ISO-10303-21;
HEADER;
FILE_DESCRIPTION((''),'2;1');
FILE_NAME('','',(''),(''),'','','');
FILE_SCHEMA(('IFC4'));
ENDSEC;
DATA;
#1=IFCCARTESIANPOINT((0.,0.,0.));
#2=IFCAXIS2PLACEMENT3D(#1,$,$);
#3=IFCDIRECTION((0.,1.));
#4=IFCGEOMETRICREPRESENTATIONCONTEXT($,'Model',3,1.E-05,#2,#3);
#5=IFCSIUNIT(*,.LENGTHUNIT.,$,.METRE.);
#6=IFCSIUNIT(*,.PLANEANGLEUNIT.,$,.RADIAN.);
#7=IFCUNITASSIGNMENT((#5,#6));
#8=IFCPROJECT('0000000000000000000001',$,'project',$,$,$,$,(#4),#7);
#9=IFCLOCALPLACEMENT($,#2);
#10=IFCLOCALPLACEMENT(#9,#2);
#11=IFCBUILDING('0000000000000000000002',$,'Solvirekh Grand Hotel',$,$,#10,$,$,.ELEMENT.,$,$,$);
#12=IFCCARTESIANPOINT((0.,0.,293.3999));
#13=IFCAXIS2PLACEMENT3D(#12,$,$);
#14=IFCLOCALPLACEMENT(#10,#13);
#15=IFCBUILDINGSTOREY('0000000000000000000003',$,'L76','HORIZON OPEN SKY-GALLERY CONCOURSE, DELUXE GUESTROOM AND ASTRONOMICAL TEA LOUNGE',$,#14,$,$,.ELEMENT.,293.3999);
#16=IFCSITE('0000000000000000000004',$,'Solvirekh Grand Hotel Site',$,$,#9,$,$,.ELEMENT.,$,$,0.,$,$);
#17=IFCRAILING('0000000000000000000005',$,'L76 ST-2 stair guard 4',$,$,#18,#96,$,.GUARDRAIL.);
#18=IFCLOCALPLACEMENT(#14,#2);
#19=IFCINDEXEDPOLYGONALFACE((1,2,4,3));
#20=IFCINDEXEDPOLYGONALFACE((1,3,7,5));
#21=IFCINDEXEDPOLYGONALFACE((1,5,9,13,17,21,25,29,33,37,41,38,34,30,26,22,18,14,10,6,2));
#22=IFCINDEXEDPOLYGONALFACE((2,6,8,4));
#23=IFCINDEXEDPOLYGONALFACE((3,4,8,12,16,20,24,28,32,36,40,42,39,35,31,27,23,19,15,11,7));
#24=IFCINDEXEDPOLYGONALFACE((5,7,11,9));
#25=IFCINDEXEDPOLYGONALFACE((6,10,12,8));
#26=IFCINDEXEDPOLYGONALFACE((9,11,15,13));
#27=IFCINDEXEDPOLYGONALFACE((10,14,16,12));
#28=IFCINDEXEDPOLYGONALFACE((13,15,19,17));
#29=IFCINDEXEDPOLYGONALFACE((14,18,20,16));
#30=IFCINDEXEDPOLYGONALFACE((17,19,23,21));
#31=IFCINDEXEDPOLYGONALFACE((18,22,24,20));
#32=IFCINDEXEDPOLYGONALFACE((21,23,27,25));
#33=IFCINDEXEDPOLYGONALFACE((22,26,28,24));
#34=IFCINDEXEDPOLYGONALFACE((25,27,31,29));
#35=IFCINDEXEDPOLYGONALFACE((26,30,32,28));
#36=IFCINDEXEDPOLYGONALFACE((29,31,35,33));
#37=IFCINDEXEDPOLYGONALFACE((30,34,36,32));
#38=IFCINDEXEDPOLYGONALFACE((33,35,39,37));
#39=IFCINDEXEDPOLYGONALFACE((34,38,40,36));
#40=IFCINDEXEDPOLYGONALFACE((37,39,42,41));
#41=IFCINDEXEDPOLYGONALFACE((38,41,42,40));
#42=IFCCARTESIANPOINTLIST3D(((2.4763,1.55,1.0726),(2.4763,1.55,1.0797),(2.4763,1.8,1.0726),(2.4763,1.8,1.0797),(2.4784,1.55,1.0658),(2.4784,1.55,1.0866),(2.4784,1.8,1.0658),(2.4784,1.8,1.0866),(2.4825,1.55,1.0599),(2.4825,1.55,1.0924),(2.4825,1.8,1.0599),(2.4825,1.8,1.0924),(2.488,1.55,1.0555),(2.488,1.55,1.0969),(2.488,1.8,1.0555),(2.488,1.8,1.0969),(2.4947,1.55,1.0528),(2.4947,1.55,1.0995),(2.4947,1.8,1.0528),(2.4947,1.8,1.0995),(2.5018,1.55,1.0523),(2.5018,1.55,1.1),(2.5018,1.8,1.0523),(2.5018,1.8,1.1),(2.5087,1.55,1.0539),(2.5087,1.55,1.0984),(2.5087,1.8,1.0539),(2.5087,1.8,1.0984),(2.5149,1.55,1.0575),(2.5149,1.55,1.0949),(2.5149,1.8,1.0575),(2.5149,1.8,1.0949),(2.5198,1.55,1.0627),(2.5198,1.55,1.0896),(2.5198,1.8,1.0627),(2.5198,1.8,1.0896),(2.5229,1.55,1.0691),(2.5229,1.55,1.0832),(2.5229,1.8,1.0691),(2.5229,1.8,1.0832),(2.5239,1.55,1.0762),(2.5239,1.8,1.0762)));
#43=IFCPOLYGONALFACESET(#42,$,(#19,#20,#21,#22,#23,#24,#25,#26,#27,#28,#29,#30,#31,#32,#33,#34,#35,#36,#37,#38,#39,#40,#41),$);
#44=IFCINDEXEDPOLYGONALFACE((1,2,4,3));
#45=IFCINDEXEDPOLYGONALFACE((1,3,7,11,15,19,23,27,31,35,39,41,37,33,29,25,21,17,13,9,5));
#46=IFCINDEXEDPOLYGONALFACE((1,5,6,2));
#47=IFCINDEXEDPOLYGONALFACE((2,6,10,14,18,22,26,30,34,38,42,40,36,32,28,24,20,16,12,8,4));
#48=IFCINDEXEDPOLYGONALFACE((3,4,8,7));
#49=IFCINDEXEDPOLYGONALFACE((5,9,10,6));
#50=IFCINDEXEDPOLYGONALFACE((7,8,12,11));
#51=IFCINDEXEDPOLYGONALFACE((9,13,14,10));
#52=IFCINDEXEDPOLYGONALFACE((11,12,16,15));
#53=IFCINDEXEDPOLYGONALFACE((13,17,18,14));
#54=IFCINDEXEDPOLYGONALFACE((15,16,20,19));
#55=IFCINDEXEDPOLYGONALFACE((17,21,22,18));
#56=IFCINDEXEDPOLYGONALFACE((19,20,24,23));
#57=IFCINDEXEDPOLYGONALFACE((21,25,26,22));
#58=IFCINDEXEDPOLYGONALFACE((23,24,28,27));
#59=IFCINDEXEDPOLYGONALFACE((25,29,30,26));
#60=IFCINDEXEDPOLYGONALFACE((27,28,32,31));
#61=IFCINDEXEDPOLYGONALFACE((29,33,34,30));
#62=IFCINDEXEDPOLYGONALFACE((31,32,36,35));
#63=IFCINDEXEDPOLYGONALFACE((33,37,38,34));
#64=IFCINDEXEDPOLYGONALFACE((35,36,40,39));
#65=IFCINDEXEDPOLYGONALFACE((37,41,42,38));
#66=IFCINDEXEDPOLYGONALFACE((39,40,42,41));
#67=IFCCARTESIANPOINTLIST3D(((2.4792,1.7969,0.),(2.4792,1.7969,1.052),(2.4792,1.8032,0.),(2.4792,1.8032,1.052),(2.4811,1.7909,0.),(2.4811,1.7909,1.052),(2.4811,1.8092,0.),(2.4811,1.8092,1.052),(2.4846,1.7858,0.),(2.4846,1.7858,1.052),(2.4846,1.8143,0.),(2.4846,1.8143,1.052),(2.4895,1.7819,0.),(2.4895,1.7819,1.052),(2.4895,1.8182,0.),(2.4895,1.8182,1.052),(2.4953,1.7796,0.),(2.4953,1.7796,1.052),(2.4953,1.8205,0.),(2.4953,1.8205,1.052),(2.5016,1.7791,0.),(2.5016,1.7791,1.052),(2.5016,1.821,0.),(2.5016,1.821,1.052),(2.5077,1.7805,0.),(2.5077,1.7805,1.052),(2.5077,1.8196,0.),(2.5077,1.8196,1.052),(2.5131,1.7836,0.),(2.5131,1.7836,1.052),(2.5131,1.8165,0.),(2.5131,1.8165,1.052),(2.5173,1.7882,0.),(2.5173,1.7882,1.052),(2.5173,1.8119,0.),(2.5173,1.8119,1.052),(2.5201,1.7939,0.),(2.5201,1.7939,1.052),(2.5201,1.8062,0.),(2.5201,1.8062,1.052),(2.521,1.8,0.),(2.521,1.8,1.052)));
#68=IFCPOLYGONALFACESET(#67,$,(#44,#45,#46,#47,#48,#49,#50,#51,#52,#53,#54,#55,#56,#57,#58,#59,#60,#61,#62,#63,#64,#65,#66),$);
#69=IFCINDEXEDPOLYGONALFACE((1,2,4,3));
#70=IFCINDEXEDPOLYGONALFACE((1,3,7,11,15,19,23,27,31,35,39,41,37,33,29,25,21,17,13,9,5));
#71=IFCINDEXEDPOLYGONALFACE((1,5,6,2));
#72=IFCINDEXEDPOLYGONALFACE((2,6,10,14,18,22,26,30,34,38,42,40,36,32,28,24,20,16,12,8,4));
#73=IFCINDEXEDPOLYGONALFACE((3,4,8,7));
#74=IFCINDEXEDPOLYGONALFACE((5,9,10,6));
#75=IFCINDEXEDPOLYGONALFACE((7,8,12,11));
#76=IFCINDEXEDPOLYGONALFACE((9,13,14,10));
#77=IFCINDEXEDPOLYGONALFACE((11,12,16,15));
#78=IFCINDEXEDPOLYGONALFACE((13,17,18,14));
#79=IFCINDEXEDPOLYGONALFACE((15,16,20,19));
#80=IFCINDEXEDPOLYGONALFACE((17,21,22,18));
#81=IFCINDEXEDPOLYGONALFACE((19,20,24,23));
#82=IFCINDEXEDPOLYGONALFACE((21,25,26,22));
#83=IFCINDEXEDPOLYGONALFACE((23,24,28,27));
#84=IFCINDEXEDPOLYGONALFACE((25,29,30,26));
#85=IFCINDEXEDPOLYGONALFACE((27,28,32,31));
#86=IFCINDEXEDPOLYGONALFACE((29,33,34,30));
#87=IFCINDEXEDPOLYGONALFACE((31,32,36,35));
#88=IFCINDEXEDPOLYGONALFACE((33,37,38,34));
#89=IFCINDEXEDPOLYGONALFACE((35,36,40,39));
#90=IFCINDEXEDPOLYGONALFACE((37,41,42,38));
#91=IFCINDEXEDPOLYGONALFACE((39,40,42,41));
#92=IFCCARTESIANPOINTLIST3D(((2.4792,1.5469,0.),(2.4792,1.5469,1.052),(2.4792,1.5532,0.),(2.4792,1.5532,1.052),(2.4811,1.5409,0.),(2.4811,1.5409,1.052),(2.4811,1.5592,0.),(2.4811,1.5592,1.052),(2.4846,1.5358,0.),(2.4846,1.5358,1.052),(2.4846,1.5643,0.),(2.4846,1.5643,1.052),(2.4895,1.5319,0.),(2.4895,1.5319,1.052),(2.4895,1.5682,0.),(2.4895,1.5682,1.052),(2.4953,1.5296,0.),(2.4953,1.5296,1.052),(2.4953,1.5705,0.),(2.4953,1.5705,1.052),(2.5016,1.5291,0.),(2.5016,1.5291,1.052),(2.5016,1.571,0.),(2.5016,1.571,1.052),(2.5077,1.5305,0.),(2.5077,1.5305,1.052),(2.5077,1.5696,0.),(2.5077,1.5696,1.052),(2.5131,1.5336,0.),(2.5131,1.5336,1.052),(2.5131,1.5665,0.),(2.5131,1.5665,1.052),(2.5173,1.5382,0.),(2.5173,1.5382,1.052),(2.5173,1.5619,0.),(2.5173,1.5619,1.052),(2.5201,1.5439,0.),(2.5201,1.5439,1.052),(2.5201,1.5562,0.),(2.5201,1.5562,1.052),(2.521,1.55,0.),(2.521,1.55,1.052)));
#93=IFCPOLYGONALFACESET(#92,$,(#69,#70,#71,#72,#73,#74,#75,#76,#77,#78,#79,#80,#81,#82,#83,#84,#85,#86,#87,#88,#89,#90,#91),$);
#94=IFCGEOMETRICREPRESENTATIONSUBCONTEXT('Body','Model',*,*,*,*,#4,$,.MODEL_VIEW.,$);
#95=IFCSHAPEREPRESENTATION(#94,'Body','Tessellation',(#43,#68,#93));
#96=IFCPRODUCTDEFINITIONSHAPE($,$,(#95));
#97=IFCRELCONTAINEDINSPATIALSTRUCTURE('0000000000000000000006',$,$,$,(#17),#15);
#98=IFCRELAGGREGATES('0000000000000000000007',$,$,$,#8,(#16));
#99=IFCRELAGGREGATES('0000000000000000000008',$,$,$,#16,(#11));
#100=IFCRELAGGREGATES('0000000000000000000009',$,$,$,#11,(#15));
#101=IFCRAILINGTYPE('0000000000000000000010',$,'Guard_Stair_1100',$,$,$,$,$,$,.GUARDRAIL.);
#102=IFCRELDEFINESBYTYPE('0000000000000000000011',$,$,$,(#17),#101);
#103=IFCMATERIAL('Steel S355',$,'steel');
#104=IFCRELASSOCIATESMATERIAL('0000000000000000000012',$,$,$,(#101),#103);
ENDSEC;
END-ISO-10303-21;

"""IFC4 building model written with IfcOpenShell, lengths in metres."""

from ifc_helpers import new_model, si_unit, direction, frame, origin, origin_2d, place, context, subcontext, project, spatial, circle, extrude, material, type_object, element, save


model = new_model("IFC4")

# Units and contexts
model_context = context("Model", 3, precision=1e-05, world=origin(), true_north=direction((0.0, 1.0)))
body_context = subcontext(model_context, "Body", "Model", "MODEL_VIEW")
ifc_project = project(units=[si_unit("LENGTHUNIT", "METRE"), si_unit("PLANEANGLEUNIT", "RADIAN")], contexts=[model_context])

# Site, building, storey
site_placement = place(None, origin())
site = spatial("IfcSite", under=ifc_project, at=site_placement, Name="Solvirekh Grand Hotel Site", CompositionType="ELEMENT", RefElevation=0.0)
building_placement = place(site_placement, origin())
building = spatial("IfcBuilding", under=site, at=building_placement, Name="Solvirekh Grand Hotel", CompositionType="ELEMENT")
storey_placement = place(building_placement, frame((0.0, 0.0, 293.3999)))
storey = spatial("IfcBuildingStorey", under=building, at=storey_placement, Name="L76", Description="HORIZON OPEN SKY-GALLERY CONCOURSE, DELUXE GUESTROOM AND ASTRONOMICAL TEA LOUNGE", CompositionType="ELEMENT", Elevation=293.3999)

# Shared definitions
ifc_material_1 = material(Name="Steel S355", Category="steel")

# Railing
railing_type_1 = type_object("IfcRailingType", Name="Guard_Stair_1100", PredefinedType="GUARDRAIL", material=ifc_material_1)
railing_1_placement = place(storey_placement, frame((2.5, 1.8, 0.0)))
element("IfcRailing", 1, at=railing_1_placement, inside=storey, type_object=railing_type_1, Name="L76 ST-2 stair guard 4", PredefinedType="GUARDRAIL", context=body_context, shape_type="SweptSolid", body=[
    extrude(circle(Radius=0.0239, at=origin_2d()), frame((0.0, 0.0, 1.0762), z_axis=(0.0, -1.0, 0.0), x_axis=(1.0, 0.0, 0.0)), (0.0, 0.0, 1.0), 0.25),
    extrude(circle(Radius=0.021, at=origin_2d()), origin(), (0.0, 0.0, 1.0), 1.052),
    extrude(circle(Radius=0.021, at=origin_2d()), frame((0.0, -0.25, 0.0)), (0.0, 0.0, 1.0), 1.052),
])

save(model, "model.ifc")
